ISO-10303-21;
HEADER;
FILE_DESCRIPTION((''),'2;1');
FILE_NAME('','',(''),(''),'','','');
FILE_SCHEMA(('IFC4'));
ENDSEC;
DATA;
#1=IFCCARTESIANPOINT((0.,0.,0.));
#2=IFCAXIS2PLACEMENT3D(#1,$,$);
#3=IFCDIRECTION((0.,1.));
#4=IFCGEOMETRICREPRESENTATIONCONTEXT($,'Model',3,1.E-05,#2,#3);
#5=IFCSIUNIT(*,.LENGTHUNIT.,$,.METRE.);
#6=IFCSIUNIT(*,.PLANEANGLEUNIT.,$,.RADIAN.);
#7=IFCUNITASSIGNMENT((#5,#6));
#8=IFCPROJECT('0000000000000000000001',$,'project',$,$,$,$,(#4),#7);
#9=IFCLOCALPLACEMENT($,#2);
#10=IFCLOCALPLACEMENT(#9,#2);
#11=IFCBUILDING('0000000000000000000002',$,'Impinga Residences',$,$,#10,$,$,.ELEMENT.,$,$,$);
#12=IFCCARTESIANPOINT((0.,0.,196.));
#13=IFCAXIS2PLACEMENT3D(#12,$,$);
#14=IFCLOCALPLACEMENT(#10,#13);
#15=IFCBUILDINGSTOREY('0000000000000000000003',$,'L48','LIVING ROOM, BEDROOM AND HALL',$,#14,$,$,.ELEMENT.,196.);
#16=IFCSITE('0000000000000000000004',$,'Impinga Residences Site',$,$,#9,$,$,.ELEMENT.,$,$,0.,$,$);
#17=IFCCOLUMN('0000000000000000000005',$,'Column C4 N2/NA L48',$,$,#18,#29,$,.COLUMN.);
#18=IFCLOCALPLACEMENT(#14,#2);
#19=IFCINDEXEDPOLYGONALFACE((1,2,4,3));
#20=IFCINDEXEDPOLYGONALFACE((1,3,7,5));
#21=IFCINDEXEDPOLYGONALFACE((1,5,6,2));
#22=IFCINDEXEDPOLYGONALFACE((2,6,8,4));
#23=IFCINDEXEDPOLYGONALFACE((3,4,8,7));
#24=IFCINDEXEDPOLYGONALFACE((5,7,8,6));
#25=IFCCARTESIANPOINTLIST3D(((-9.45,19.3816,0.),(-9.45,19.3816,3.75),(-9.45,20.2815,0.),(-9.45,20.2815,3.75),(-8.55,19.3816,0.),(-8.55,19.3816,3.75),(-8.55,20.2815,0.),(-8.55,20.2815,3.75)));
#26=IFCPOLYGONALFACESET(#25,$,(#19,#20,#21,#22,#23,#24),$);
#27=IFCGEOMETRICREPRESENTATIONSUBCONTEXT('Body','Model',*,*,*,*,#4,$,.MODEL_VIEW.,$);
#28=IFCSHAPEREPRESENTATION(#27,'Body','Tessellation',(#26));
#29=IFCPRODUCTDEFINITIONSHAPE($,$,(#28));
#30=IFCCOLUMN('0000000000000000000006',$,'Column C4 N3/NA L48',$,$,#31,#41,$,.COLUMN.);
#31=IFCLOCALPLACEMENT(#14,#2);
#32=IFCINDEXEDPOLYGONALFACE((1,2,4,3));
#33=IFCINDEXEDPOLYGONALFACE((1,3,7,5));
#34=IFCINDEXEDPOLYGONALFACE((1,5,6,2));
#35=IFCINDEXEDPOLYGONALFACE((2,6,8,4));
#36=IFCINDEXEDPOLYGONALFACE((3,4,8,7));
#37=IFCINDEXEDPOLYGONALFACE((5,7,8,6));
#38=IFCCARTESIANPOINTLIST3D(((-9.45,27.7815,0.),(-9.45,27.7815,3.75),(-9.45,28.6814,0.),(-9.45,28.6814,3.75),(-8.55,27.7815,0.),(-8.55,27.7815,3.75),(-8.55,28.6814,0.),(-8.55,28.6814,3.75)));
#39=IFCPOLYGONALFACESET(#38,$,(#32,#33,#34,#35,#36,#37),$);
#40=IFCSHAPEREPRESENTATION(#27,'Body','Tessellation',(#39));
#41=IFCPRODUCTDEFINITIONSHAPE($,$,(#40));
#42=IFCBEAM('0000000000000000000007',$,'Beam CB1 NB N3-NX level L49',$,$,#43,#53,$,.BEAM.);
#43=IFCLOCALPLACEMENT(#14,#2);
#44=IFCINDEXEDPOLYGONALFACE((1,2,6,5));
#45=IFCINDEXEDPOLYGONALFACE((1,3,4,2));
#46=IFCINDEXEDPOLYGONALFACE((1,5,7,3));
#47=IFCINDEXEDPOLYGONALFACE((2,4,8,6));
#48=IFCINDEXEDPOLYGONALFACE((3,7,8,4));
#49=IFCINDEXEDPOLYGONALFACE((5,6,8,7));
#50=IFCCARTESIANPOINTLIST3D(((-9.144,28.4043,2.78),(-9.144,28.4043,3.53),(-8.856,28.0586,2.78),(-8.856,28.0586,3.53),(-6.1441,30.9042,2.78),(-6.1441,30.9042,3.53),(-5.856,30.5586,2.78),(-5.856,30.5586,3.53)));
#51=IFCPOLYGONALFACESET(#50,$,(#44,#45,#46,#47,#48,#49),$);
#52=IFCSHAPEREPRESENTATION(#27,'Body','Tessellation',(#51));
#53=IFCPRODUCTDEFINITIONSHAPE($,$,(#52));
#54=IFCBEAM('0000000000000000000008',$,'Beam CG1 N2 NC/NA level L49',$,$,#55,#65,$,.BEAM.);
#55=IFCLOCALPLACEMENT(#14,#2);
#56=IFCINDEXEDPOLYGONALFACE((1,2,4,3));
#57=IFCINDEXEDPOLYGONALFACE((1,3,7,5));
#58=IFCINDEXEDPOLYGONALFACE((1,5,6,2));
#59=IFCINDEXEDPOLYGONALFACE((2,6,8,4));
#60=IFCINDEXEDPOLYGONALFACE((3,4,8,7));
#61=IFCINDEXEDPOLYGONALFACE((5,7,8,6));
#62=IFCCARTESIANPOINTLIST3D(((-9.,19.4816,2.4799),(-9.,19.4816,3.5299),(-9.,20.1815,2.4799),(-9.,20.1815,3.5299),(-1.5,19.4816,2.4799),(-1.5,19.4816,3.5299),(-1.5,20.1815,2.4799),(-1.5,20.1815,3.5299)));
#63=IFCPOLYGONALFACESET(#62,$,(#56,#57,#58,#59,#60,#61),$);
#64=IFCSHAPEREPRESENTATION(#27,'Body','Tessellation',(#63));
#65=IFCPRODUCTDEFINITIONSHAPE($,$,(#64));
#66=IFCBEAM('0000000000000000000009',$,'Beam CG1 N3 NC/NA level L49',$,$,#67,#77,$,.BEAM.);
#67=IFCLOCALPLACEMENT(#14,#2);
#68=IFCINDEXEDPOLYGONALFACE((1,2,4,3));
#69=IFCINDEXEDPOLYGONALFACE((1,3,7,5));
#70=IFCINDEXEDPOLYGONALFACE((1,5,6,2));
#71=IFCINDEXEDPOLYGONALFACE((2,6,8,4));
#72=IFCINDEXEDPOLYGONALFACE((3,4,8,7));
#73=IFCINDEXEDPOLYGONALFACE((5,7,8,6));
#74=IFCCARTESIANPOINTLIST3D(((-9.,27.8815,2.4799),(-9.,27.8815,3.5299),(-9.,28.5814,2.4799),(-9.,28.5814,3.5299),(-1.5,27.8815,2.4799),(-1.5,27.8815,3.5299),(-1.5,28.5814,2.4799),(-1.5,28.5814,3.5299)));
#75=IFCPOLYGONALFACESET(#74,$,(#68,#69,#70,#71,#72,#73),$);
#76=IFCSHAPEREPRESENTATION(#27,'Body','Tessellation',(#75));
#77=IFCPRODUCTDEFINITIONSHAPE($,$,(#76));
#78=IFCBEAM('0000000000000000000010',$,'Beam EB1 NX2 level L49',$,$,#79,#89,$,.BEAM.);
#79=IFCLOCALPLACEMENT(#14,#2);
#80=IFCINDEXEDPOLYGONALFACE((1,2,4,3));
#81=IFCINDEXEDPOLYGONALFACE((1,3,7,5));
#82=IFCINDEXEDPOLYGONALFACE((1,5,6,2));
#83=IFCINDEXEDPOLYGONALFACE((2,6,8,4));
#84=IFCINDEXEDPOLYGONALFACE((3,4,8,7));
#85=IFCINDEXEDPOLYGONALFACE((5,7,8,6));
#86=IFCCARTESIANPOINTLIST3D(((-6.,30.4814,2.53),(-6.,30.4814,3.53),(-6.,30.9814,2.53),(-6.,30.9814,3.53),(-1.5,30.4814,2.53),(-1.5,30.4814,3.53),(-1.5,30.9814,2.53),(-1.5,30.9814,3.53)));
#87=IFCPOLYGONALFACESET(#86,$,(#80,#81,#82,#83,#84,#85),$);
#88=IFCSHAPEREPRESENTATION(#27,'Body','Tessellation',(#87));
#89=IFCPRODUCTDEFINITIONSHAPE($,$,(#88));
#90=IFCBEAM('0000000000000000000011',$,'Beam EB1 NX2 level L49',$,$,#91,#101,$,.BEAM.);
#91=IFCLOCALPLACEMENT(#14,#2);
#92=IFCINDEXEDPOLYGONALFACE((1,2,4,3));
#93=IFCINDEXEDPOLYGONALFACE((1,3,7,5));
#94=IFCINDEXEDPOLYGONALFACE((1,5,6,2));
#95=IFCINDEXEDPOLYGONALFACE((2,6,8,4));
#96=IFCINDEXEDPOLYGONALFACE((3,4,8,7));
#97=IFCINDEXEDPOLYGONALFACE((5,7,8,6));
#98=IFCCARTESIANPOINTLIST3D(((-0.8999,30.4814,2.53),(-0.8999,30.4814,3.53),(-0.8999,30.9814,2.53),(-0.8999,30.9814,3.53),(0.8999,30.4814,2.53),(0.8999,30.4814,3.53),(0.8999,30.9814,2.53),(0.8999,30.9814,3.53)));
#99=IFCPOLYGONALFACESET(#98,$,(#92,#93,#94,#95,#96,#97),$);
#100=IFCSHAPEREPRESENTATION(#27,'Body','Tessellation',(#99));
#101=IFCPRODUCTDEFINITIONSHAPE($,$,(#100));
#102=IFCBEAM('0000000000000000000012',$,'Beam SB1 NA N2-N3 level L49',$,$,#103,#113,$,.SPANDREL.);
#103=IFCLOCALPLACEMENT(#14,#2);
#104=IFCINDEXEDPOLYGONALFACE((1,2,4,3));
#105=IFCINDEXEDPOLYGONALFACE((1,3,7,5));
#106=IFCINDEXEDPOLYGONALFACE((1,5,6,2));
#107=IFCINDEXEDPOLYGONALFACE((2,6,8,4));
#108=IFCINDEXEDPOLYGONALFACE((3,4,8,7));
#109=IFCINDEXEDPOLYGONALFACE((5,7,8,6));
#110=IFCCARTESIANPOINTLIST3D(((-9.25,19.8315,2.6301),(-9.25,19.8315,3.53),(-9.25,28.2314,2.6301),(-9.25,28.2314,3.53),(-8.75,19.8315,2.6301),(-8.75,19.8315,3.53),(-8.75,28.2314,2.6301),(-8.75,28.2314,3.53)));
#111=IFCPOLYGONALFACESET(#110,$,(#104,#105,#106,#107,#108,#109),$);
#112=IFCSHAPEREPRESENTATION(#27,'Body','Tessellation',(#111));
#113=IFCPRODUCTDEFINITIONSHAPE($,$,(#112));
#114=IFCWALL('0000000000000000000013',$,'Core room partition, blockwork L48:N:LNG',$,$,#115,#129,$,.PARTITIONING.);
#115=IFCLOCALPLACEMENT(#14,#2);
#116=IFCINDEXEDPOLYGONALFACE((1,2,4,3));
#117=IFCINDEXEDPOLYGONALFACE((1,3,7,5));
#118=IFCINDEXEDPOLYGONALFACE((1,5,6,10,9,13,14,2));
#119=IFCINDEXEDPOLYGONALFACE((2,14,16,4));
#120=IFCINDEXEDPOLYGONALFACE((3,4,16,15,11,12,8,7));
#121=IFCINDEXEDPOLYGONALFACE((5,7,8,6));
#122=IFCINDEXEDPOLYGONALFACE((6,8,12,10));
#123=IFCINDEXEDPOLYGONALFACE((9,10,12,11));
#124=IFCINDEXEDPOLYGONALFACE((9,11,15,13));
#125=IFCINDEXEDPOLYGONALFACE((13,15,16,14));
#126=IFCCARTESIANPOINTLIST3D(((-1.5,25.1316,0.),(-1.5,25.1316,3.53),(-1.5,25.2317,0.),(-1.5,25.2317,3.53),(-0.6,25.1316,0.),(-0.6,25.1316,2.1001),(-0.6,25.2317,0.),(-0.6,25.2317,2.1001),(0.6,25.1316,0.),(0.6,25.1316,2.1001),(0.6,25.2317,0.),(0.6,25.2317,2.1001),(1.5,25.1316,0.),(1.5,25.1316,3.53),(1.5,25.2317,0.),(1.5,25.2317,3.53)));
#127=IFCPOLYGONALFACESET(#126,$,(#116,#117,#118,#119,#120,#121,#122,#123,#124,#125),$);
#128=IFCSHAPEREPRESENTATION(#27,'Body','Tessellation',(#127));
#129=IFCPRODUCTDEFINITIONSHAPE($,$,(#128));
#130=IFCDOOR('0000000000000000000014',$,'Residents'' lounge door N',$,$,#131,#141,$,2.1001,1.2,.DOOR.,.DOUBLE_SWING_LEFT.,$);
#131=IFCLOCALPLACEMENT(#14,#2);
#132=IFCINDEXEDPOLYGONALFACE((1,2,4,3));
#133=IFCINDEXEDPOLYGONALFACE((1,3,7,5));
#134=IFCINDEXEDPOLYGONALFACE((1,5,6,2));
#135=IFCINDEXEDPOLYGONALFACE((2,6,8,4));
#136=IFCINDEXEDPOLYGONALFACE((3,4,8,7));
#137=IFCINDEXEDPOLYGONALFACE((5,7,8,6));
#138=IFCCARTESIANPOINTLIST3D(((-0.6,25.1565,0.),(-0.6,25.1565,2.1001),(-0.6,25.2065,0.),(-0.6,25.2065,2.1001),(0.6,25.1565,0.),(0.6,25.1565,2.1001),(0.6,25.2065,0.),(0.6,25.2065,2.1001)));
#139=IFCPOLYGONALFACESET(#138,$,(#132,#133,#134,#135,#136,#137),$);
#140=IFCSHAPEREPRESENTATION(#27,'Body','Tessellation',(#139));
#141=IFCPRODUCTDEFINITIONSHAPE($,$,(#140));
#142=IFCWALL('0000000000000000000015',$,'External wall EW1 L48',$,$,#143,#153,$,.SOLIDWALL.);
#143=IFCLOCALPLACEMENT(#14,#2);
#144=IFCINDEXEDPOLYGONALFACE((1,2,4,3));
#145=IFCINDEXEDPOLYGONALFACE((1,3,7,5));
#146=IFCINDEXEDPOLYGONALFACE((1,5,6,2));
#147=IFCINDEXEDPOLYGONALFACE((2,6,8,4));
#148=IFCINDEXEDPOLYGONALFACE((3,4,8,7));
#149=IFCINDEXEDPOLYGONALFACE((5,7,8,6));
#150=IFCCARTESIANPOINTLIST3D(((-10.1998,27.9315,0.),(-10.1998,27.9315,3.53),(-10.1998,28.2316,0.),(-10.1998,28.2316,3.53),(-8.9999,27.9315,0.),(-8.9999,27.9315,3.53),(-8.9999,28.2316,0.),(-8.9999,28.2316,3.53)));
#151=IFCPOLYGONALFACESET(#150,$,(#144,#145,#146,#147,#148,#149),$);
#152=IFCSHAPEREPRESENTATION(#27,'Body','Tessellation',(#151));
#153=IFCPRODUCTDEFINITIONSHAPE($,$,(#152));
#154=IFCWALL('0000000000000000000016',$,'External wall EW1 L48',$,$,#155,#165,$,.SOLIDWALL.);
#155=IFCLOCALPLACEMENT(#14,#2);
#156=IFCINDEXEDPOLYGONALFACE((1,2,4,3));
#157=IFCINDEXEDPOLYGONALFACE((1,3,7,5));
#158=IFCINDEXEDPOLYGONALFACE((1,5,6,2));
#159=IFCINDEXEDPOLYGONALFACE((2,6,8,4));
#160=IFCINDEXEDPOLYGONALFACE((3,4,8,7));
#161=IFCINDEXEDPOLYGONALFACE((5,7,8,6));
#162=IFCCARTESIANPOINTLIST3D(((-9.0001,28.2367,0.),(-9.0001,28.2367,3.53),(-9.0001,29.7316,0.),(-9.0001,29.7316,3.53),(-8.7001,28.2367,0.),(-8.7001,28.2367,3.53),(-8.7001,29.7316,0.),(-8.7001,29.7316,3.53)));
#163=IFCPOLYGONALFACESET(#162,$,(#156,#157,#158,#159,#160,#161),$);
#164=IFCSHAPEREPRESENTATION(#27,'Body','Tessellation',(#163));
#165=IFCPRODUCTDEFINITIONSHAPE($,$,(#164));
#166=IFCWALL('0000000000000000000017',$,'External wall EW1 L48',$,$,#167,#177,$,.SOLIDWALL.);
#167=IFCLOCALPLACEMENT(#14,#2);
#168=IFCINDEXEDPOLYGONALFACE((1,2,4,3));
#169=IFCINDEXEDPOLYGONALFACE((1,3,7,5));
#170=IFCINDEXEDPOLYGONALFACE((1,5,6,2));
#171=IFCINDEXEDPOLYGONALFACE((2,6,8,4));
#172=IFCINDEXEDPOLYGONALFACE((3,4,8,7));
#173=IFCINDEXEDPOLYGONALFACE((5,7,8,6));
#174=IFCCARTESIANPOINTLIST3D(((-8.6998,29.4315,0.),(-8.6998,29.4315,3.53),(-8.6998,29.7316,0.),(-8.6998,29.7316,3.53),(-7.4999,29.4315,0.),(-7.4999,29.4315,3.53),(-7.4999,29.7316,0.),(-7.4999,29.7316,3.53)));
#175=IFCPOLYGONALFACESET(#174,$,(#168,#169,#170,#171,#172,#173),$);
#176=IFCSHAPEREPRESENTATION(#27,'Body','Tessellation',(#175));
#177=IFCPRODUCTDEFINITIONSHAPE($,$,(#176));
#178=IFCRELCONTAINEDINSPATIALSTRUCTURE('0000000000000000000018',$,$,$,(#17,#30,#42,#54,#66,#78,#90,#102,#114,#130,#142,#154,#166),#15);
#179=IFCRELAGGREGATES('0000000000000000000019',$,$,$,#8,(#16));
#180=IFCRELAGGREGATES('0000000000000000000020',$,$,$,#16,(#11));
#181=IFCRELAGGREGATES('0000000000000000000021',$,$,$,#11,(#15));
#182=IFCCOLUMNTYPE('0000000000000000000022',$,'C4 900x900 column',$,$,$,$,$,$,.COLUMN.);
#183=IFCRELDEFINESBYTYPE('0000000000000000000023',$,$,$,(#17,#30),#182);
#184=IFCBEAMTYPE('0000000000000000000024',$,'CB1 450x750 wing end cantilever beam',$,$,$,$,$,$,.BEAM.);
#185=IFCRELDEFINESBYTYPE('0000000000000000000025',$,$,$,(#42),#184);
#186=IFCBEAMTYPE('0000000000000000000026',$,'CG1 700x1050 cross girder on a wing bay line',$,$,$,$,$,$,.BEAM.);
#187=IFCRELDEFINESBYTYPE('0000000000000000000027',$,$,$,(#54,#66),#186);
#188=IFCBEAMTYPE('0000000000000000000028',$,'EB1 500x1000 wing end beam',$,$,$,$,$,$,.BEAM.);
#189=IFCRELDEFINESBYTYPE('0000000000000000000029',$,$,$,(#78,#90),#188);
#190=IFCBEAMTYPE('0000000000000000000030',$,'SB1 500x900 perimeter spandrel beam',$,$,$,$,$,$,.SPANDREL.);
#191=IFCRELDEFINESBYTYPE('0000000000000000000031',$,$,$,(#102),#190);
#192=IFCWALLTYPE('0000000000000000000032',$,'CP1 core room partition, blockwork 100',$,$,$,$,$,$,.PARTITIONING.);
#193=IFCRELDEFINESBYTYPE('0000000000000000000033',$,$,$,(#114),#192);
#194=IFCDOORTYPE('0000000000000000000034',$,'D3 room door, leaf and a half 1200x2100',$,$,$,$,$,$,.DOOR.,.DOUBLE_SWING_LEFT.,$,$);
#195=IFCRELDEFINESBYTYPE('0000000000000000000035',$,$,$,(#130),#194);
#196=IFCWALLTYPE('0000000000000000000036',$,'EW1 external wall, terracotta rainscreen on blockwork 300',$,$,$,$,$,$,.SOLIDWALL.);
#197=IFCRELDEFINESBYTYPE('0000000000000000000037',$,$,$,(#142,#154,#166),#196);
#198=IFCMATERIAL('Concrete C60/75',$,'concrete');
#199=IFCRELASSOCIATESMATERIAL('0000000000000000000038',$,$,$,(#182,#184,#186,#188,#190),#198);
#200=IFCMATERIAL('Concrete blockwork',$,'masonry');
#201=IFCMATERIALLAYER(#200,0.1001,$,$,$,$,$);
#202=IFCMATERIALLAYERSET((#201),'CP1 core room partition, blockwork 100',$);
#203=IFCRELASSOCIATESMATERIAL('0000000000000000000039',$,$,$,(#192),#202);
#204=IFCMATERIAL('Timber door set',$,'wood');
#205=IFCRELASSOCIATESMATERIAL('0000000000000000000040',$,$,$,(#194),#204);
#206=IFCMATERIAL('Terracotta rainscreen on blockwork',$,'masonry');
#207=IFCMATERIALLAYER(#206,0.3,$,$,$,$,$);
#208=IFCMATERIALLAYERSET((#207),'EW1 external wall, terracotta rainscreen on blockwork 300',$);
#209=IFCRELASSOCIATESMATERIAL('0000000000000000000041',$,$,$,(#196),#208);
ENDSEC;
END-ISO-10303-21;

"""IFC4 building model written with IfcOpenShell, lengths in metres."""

from ifc_helpers import new_model, si_unit, direction, frame, frame_2d, origin, origin_2d, place, context, subcontext, project, spatial, rectangle, extrude, material, layer, layer_set, material_profile, profile_set, type_object, element, fill, save


model = new_model("IFC4")

# Units and contexts
model_context = context("Model", 3, precision=1e-05, world=origin(), true_north=direction((0.0, 1.0)))
body_context = subcontext(model_context, "Body", "Model", "MODEL_VIEW")
ifc_project = project(units=[si_unit("LENGTHUNIT", "METRE"), si_unit("PLANEANGLEUNIT", "RADIAN")], contexts=[model_context])

# Site, building, storey
site_placement = place(None, origin())
site = spatial("IfcSite", under=ifc_project, at=site_placement, Name="Impinga Residences Site", CompositionType="ELEMENT", RefElevation=0.0)
building_placement = place(site_placement, origin())
building = spatial("IfcBuilding", under=site, at=building_placement, Name="Impinga Residences", CompositionType="ELEMENT")
storey_placement = place(building_placement, frame((0.0, 0.0, 196.0)))
storey = spatial("IfcBuildingStorey", under=building, at=storey_placement, Name="L48", Description="LIVING ROOM, BEDROOM AND HALL", CompositionType="ELEMENT", Elevation=196.0)

# Columns
ifc_material_1 = material(Name="Concrete C60/75", Category="concrete")
ifc_material_profile_1 = material_profile(ifc_material_1, rectangle(XDim=0.8999, YDim=0.8999, at=origin_2d()), Name="RC 900x900")
ifc_profile_set_1 = profile_set([ifc_material_profile_1], Name="Concrete C60/75")
column_type = type_object("IfcColumnType", Name="C4 900x900 column", PredefinedType="COLUMN", material=ifc_profile_set_1)
for number, where, z_axis, x_axis, name in (
    (1, (-9.0, 19.8315, 0.0), (0.0, 0.0, 1.0), (1.0, 0.0, 0.0), "Column C4 N2/NA L48"),
    (2, (-9.0, 28.2314, 0.0), (0.0, 0.0, 1.0), (1.0, 0.0, 0.0), "Column C4 N3/NA L48"),
):
    element("IfcColumn", number, at=place(storey_placement, frame(where, z_axis=z_axis, x_axis=x_axis)), inside=storey, type_object=column_type, Name=name, PredefinedType="COLUMN", context=body_context, shape_type="SweptSolid", body=[
        extrude(rectangle(XDim=0.8999, YDim=0.8999, at=origin_2d()), origin(), (0.0, 0.0, 1.0), 3.75),
    ])

# Beams
ifc_material_profile_2 = material_profile(ifc_material_1, rectangle(XDim=0.45, YDim=0.75, at=origin_2d()), Name="RC 450x750")
ifc_profile_set_2 = profile_set([ifc_material_profile_2], Name="Concrete C60/75")
beam_type_1 = type_object("IfcBeamType", Name="CB1 450x750 wing end cantilever beam", PredefinedType="BEAM", material=ifc_profile_set_2)
beam_1_placement = place(storey_placement, frame((-9.0, 28.2314, 3.155), z_axis=(0.768221, 0.640184, 0.0), x_axis=(-0.640184, 0.768221, 0.0)))
element("IfcBeam", 3, at=beam_1_placement, inside=storey, type_object=beam_type_1, Name="Beam CB1 NB N3-NX level L49", PredefinedType="BEAM", context=body_context, shape_type="SweptSolid", body=[
    extrude(rectangle(XDim=0.45, YDim=0.75, at=origin_2d()), origin(), (0.0, 0.0, 1.0), 3.905),
])
ifc_material_profile_3 = material_profile(ifc_material_1, rectangle(XDim=0.7, YDim=1.05, at=origin_2d()), Name="RC 700x1050")
ifc_profile_set_3 = profile_set([ifc_material_profile_3], Name="Concrete C60/75")
beam_type_2 = type_object("IfcBeamType", Name="CG1 700x1050 cross girder on a wing bay line", PredefinedType="BEAM", material=ifc_profile_set_3)
for number, where, z_axis, x_axis, name in (
    (4, (-1.5, 19.8315, 3.0049), (-1.0, 0.0, 0.0), (0.0, -1.0, 0.0), "Beam CG1 N2 NC/NA level L49"),
    (5, (-1.5, 28.2314, 3.0049), (-1.0, 0.0, 0.0), (0.0, -1.0, 0.0), "Beam CG1 N3 NC/NA level L49"),
):
    element("IfcBeam", number, at=place(storey_placement, frame(where, z_axis=z_axis, x_axis=x_axis)), inside=storey, type_object=beam_type_2, Name=name, PredefinedType="BEAM", context=body_context, shape_type="SweptSolid", body=[
        extrude(rectangle(XDim=0.7, YDim=1.05, at=origin_2d()), origin(), (0.0, 0.0, 1.0), 7.5),
    ])
ifc_material_profile_4 = material_profile(ifc_material_1, rectangle(XDim=0.5, YDim=1.0, at=origin_2d()), Name="RC 500x1000")
ifc_profile_set_4 = profile_set([ifc_material_profile_4], Name="Concrete C60/75")
beam_type_3 = type_object("IfcBeamType", Name="EB1 500x1000 wing end beam", PredefinedType="BEAM", material=ifc_profile_set_4)
beam_2_placement = place(storey_placement, frame((-6.0, 30.7314, 3.03), z_axis=(1.0, 0.0, 0.0), x_axis=(0.0, 1.0, 0.0)))
element("IfcBeam", 6, at=beam_2_placement, inside=storey, type_object=beam_type_3, Name="Beam EB1 NX2 level L49", PredefinedType="BEAM", context=body_context, shape_type="SweptSolid", body=[
    extrude(rectangle(XDim=0.5, YDim=1.0, at=origin_2d()), origin(), (0.0, 0.0, 1.0), 4.5),
])
beam_3_placement = place(storey_placement, frame((-0.8999, 30.7314, 3.03), z_axis=(1.0, 0.0, 0.0), x_axis=(0.0, 1.0, 0.0)))
element("IfcBeam", 7, at=beam_3_placement, inside=storey, type_object=beam_type_3, Name="Beam EB1 NX2 level L49", PredefinedType="BEAM", context=body_context, shape_type="SweptSolid", body=[
    extrude(rectangle(XDim=0.5, YDim=1.0, at=origin_2d()), origin(), (0.0, 0.0, 1.0), 1.7998),
])
ifc_material_profile_5 = material_profile(ifc_material_1, rectangle(XDim=0.5, YDim=0.8999, at=origin_2d()), Name="RC 500x900")
ifc_profile_set_5 = profile_set([ifc_material_profile_5], Name="Concrete C60/75")
beam_type_4 = type_object("IfcBeamType", Name="SB1 500x900 perimeter spandrel beam", PredefinedType="SPANDREL", material=ifc_profile_set_5)
beam_4_placement = place(storey_placement, frame((-9.0, 19.8315, 3.0801), z_axis=(0.0, 1.0, 0.0), x_axis=(-1.0, 0.0, 0.0)))
element("IfcBeam", 8, at=beam_4_placement, inside=storey, type_object=beam_type_4, Name="Beam SB1 NA N2-N3 level L49", PredefinedType="SPANDREL", context=body_context, shape_type="SweptSolid", body=[
    extrude(rectangle(XDim=0.5, YDim=0.8999, at=origin_2d()), origin(), (0.0, 0.0, 1.0), 8.3999),
])

# Wall, opening, door
ifc_material_2 = material(Name="Concrete blockwork", Category="masonry")
ifc_layer_1 = layer(ifc_material_2, 0.1001)
ifc_layer_set_1 = layer_set([ifc_layer_1], Name="CP1 core room partition, blockwork 100")
wall_type_1 = type_object("IfcWallType", Name="CP1 core room partition, blockwork 100", PredefinedType="PARTITIONING", material=ifc_layer_set_1)
wall_1_placement = place(storey_placement, frame((-1.5, 25.1816, 0.0), z_axis=(0.0, 0.0, 1.0), x_axis=(1.0, 0.0, 0.0)))
wall_1 = element("IfcWall", 9, at=wall_1_placement, inside=storey, type_object=wall_type_1, Name="Core room partition, blockwork L48:N:LNG", PredefinedType="PARTITIONING", context=body_context, shape_type="SweptSolid", body=[
    extrude(rectangle(XDim=3.0, YDim=0.1001, at=frame_2d((1.5, 0.0))), origin(), (0.0, 0.0, 1.0), 3.53),
])
opening_1_placement = place(wall_1_placement, frame((0.8999, 0.0, 0.0)))
opening_1 = element("IfcOpeningElement", 10, at=opening_1_placement, cuts=wall_1, PredefinedType="OPENING", context=body_context, shape_type="SweptSolid", body=[
    extrude(rectangle(XDim=1.2, YDim=2.1001, at=frame_2d((0.6001, 1.05))), frame((0.0, 0.0601, 0.0), z_axis=(0.0, -1.0, 0.0), x_axis=(1.0, 0.0, 0.0)), (0.0, 0.0, 1.0), 0.1201),
])
ifc_material_3 = material(Name="Timber door set", Category="wood")
door_type_1 = type_object("IfcDoorType", Name="D3 room door, leaf and a half 1200x2100", OperationType="DOUBLE_SWING_LEFT", PredefinedType="DOOR", material=ifc_material_3)
door_1_placement = place(opening_1_placement, origin())
door_1 = element("IfcDoor", 11, at=door_1_placement, inside=storey, type_object=door_type_1, Name="Residents' lounge door N", OperationType="DOUBLE_SWING_LEFT", OverallHeight=2.1001, OverallWidth=1.2, PredefinedType="DOOR", context=body_context, shape_type="SweptSolid", body=[
    extrude(rectangle(XDim=1.2, YDim=2.1001, at=frame_2d((0.6001, 1.05))), frame((0.0, 0.0249, 0.0), z_axis=(0.0, -1.0, 0.0), x_axis=(1.0, 0.0, 0.0)), (0.0, 0.0, 1.0), 0.05),
])
fill(opening_1, door_1)

# Walls
ifc_material_4 = material(Name="Terracotta rainscreen on blockwork", Category="masonry")
ifc_layer_2 = layer(ifc_material_4, 0.3)
ifc_layer_set_2 = layer_set([ifc_layer_2], Name="EW1 external wall, terracotta rainscreen on blockwork 300")
wall_type_2 = type_object("IfcWallType", Name="EW1 external wall, terracotta rainscreen on blockwork 300", PredefinedType="SOLIDWALL", material=ifc_layer_set_2)
wall_2_placement = place(storey_placement, frame((-10.2, 28.0815, 0.0), z_axis=(0.0, 0.0, 1.0), x_axis=(1.0, 0.0, 0.0)))
element("IfcWall", 12, at=wall_2_placement, inside=storey, type_object=wall_type_2, Name="External wall EW1 L48", PredefinedType="SOLIDWALL", context=body_context, shape_type="SweptSolid", body=[
    extrude(rectangle(XDim=1.2, YDim=0.3, at=frame_2d((0.6001, 0.0))), origin(), (0.0, 0.0, 1.0), 3.53),
])
wall_3_placement = place(storey_placement, frame((-8.8501, 28.2366, 0.0), z_axis=(0.0, 0.0, 1.0), x_axis=(0.0, 1.0, 0.0)))
element("IfcWall", 13, at=wall_3_placement, inside=storey, type_object=wall_type_2, Name="External wall EW1 L48", PredefinedType="SOLIDWALL", context=body_context, shape_type="SweptSolid", body=[
    extrude(rectangle(XDim=1.4949, YDim=0.3, at=frame_2d((0.7476, 0.0))), origin(), (0.0, 0.0, 1.0), 3.53),
])
wall_4_placement = place(storey_placement, frame((-8.7, 29.5815, 0.0), z_axis=(0.0, 0.0, 1.0), x_axis=(1.0, 0.0, 0.0)))
element("IfcWall", 14, at=wall_4_placement, inside=storey, type_object=wall_type_2, Name="External wall EW1 L48", PredefinedType="SOLIDWALL", context=body_context, shape_type="SweptSolid", body=[
    extrude(rectangle(XDim=1.2, YDim=0.3, at=frame_2d((0.6001, 0.0))), origin(), (0.0, 0.0, 1.0), 3.53),
])

save(model, "model.ifc")
